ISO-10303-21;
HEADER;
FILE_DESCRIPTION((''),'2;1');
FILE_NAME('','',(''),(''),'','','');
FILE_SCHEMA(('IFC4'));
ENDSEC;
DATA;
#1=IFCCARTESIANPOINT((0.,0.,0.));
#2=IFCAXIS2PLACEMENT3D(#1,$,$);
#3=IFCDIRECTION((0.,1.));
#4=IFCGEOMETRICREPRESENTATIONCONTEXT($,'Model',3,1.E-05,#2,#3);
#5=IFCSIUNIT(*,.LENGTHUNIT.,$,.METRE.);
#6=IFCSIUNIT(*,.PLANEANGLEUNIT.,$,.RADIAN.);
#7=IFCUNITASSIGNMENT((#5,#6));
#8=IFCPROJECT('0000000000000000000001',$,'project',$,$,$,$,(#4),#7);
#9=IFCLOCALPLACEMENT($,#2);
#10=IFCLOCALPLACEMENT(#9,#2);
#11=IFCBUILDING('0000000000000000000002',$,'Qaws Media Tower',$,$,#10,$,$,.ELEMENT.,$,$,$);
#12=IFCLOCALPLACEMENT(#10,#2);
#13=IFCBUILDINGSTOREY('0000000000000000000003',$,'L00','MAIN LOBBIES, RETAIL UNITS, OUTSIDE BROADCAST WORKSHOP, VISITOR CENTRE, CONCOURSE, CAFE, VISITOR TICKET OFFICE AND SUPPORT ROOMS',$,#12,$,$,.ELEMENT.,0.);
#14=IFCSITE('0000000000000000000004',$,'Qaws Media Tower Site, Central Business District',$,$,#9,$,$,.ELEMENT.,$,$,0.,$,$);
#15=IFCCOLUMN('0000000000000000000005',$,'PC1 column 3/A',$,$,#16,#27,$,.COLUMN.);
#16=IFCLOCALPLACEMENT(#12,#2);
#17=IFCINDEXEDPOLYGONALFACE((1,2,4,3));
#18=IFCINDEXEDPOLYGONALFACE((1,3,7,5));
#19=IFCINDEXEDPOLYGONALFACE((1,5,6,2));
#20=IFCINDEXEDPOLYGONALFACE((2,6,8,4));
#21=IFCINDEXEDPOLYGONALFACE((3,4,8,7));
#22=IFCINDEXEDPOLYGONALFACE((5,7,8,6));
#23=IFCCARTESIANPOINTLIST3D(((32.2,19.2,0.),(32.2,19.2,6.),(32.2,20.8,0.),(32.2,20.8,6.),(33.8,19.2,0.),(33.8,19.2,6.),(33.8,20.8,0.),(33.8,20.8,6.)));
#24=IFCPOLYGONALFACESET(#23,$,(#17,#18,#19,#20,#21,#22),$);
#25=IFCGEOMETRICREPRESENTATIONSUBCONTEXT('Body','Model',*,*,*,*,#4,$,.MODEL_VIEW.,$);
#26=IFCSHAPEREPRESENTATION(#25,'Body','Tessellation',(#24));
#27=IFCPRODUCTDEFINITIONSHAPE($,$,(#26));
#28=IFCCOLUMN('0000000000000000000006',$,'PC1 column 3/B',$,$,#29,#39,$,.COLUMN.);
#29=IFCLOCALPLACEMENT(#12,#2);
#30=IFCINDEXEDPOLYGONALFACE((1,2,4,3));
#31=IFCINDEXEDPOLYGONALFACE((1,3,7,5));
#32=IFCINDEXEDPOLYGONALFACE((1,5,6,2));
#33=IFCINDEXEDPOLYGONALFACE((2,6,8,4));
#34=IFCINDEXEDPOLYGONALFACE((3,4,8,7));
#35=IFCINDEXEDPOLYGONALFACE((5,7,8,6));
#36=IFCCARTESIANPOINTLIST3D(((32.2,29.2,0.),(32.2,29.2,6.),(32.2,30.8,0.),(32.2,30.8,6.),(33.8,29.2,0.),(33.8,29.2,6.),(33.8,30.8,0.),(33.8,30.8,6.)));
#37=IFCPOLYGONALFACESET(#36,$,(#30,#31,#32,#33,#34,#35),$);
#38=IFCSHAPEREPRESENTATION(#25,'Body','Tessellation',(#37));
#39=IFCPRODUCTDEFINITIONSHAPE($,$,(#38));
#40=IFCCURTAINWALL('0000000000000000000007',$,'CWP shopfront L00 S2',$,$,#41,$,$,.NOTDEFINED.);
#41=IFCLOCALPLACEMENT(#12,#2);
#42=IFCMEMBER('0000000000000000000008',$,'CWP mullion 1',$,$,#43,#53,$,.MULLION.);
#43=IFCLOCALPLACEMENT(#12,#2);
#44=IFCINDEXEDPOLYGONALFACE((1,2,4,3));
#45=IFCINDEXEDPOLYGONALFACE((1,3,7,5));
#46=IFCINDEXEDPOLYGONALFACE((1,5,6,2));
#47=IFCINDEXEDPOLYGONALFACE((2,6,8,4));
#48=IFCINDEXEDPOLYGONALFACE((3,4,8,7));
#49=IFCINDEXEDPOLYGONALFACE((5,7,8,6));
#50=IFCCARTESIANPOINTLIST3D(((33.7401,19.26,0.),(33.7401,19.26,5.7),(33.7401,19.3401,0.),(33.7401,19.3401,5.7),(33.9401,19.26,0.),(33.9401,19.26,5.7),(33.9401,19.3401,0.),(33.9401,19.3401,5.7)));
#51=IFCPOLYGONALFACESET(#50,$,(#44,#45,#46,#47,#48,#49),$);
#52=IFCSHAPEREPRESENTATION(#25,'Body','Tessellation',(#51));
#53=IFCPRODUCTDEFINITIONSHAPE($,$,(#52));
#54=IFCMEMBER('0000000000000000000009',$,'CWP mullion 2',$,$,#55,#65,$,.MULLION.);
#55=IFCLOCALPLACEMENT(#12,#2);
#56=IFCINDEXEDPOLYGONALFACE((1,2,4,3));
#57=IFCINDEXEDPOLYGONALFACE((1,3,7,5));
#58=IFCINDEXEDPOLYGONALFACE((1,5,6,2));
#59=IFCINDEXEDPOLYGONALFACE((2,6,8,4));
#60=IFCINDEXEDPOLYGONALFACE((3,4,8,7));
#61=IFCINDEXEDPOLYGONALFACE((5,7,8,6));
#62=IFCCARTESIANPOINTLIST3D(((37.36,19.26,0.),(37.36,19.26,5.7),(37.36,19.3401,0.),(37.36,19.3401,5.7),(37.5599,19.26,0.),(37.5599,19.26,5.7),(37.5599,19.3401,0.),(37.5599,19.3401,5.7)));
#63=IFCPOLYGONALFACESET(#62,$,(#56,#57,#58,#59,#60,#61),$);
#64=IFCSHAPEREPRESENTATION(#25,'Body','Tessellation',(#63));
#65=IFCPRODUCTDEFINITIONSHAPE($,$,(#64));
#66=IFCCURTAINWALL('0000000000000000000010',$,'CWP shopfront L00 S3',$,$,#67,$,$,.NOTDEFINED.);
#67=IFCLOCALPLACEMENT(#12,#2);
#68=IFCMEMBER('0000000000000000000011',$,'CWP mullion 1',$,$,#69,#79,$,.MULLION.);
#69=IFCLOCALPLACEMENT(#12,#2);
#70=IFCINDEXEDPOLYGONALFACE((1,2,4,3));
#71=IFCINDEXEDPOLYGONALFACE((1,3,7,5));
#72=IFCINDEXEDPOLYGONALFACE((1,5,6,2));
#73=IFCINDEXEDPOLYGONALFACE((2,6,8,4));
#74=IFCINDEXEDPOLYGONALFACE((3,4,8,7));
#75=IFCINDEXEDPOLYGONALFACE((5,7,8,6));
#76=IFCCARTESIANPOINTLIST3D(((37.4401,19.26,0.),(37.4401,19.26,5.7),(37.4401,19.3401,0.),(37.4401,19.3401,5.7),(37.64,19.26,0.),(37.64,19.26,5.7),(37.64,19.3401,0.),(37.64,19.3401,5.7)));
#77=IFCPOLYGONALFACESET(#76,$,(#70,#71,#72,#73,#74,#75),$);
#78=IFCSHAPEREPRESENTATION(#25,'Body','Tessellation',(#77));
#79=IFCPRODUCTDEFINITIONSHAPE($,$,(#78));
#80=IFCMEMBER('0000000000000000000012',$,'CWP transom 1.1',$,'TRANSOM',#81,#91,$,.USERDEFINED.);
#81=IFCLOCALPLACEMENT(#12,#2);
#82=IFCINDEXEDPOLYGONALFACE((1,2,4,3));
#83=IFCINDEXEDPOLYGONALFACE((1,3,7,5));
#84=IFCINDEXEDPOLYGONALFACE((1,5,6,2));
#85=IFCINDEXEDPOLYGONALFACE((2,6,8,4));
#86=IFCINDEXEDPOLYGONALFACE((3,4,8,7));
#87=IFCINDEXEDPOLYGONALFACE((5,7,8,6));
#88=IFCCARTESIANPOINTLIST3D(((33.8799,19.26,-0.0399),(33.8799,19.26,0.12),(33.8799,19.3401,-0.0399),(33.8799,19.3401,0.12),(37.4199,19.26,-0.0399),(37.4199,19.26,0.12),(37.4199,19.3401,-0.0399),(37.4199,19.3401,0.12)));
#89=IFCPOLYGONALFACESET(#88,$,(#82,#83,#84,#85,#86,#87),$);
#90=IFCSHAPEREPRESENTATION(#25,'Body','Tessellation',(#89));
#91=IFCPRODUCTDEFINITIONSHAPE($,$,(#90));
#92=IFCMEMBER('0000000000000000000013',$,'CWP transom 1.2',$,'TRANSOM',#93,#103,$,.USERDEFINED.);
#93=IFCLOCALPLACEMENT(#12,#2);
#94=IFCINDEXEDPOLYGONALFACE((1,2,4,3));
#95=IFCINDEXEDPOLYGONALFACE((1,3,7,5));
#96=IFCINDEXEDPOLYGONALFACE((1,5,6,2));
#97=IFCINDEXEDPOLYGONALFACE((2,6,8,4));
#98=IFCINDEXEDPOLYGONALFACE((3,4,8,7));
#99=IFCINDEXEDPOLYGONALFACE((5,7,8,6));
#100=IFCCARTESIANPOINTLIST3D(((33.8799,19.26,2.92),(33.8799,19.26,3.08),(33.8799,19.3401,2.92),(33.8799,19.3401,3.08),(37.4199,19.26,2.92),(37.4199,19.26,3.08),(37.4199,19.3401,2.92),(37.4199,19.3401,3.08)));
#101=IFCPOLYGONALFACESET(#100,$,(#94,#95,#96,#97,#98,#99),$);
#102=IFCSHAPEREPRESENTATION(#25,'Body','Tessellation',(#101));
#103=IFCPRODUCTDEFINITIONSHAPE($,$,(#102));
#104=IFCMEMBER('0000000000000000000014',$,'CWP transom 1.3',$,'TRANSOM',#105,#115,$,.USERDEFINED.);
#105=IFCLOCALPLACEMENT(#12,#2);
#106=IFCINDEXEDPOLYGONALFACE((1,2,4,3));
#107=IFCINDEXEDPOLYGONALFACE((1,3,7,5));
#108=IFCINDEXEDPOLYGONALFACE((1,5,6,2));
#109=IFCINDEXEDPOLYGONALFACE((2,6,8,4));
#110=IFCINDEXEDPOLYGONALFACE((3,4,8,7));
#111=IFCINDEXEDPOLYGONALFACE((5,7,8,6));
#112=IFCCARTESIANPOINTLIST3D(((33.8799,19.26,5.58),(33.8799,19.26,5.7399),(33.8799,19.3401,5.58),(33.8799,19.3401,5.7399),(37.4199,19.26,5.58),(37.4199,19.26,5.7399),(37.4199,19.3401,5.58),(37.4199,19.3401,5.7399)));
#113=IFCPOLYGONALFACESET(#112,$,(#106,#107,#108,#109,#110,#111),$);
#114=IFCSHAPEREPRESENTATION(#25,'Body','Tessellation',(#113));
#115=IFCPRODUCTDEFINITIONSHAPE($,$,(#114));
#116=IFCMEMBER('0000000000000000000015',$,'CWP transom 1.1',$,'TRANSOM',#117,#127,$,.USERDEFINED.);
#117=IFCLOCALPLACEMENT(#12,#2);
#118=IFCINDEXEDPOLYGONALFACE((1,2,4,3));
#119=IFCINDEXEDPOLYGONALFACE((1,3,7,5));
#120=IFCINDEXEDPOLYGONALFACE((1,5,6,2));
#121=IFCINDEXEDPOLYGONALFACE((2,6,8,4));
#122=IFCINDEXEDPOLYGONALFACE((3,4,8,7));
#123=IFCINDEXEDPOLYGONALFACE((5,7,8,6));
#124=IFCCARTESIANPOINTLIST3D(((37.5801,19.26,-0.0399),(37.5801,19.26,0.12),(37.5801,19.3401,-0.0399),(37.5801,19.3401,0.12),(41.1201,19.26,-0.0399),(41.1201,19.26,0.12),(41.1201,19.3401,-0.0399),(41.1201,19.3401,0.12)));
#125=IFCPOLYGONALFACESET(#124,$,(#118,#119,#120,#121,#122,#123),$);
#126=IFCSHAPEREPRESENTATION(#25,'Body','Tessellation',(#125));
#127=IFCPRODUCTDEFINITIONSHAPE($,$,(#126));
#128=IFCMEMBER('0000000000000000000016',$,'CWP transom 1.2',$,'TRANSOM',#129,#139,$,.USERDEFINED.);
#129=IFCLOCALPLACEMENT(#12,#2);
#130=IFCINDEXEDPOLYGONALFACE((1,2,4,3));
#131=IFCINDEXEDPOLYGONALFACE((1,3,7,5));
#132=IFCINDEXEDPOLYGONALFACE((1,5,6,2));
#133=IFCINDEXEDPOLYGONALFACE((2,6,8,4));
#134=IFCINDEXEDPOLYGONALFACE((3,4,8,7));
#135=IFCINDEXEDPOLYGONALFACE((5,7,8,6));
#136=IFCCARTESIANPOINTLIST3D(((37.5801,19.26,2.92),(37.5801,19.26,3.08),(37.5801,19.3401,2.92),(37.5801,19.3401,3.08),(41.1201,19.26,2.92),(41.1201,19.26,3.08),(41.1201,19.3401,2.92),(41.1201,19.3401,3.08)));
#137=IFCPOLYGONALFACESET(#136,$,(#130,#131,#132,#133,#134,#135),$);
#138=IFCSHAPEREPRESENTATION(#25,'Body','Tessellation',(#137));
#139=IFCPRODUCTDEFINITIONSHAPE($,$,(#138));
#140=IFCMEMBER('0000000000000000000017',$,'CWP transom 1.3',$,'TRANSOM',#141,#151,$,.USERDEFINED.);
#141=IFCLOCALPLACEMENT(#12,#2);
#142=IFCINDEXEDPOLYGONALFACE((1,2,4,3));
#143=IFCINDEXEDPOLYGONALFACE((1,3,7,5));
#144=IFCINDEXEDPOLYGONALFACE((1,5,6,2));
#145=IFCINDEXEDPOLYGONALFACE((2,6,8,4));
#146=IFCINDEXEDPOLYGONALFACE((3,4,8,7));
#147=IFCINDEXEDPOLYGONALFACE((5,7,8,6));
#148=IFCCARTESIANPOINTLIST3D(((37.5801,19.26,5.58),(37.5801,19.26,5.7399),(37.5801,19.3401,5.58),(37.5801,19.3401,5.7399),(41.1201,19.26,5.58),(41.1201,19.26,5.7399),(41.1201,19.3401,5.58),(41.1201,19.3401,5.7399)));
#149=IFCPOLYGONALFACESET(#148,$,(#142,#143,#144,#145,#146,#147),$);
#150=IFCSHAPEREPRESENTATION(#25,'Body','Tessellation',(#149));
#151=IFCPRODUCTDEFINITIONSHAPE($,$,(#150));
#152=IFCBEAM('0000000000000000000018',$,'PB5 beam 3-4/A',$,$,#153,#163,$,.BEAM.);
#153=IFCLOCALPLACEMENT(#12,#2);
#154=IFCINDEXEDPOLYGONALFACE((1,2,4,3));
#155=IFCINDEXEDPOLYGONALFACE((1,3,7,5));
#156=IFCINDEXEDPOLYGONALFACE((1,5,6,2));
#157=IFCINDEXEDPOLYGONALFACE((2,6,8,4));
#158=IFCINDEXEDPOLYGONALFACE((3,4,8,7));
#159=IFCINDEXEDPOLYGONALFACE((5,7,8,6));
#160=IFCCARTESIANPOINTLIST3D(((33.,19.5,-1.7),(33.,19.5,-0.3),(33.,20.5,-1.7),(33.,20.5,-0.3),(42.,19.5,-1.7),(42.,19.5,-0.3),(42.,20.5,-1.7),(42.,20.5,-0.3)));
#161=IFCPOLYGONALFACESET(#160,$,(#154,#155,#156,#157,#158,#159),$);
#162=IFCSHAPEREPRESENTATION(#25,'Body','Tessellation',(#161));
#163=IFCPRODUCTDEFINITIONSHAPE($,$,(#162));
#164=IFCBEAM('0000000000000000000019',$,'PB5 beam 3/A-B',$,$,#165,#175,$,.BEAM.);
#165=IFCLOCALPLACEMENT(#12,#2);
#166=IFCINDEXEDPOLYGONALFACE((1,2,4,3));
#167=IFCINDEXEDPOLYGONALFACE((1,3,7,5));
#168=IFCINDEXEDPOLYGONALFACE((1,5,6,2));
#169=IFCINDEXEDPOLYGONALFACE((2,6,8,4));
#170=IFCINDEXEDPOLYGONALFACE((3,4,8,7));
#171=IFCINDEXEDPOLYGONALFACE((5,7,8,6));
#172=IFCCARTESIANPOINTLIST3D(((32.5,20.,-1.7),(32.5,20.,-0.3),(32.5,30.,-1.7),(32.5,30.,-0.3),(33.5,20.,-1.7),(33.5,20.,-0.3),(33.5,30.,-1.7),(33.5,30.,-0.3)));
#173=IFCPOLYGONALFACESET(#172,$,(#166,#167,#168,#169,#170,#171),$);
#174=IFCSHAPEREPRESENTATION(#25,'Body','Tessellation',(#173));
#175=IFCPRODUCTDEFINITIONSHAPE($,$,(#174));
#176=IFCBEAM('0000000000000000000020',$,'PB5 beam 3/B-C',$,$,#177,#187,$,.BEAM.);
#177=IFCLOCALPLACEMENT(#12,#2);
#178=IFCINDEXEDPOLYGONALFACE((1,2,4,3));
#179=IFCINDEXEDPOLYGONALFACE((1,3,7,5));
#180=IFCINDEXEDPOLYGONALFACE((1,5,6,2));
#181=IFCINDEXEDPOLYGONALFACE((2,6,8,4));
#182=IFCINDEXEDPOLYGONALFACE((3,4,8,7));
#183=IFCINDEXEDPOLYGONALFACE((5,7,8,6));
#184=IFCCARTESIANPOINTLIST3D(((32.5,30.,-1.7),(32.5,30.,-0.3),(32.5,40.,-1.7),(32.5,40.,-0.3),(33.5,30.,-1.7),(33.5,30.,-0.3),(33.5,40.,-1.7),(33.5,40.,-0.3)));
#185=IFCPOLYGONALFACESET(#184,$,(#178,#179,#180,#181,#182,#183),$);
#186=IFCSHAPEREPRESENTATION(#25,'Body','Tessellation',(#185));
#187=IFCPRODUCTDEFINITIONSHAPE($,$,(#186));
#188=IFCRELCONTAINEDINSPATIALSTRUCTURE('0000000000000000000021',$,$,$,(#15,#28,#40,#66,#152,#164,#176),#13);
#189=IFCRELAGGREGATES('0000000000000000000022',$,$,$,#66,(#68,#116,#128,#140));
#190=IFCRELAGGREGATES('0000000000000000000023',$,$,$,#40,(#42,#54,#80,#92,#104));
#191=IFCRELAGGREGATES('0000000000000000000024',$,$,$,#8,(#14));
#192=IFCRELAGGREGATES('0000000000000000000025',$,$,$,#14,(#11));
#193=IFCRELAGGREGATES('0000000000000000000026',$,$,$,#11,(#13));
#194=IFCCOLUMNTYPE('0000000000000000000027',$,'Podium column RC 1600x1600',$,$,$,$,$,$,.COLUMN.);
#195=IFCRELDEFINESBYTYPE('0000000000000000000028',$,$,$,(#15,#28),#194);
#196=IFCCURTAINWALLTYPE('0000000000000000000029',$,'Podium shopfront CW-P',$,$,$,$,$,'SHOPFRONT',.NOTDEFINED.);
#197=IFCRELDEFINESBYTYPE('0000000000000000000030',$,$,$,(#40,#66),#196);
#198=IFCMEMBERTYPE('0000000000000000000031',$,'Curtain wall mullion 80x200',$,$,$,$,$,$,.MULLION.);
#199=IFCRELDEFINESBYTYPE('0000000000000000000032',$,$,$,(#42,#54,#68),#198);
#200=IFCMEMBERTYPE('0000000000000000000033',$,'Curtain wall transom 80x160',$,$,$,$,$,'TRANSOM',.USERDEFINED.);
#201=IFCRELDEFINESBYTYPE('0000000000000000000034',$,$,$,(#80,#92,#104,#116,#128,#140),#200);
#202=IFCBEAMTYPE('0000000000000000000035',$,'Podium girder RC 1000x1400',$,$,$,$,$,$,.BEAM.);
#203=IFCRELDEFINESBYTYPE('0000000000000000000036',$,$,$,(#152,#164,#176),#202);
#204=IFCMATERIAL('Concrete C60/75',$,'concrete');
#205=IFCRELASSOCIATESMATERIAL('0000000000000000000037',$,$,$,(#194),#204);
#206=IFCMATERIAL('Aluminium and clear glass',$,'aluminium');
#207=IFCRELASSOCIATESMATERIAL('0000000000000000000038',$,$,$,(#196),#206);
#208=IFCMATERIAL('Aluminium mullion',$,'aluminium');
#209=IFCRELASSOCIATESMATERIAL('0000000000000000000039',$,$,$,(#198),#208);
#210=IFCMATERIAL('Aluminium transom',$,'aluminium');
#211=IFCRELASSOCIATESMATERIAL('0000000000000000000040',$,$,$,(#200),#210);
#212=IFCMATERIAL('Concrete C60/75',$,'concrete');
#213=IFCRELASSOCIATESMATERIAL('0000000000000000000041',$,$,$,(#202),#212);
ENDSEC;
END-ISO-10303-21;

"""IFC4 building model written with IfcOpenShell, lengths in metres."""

from ifc_helpers import new_model, si_unit, direction, frame, origin, origin_2d, place, context, subcontext, project, spatial, rectangle, extrude, material, material_profile, profile_set, type_object, element, aggregate, save


model = new_model("IFC4")

# Units and contexts
model_context = context("Model", 3, precision=1e-05, world=origin(), true_north=direction((0.0, 1.0)))
body_context = subcontext(model_context, "Body", "Model", "MODEL_VIEW")
ifc_project = project(units=[si_unit("LENGTHUNIT", "METRE"), si_unit("PLANEANGLEUNIT", "RADIAN")], contexts=[model_context])

# Site, building, storey
site_placement = place(None, origin())
site = spatial("IfcSite", under=ifc_project, at=site_placement, Name="Qaws Media Tower Site, Central Business District", CompositionType="ELEMENT", RefElevation=0.0)
building_placement = place(site_placement, origin())
building = spatial("IfcBuilding", under=site, at=building_placement, Name="Qaws Media Tower", CompositionType="ELEMENT")
storey_placement = place(building_placement, origin())
storey = spatial("IfcBuildingStorey", under=building, at=storey_placement, Name="L00", Description="MAIN LOBBIES, RETAIL UNITS, OUTSIDE BROADCAST WORKSHOP, VISITOR CENTRE, CONCOURSE, CAFE, VISITOR TICKET OFFICE AND SUPPORT ROOMS", CompositionType="ELEMENT", Elevation=0.0)

# Columns
ifc_material_1 = material(Name="Concrete C60/75", Category="concrete")
ifc_material_profile_1 = material_profile(ifc_material_1, rectangle(XDim=1.6001, YDim=1.6001, at=origin_2d()), Name="RC 1600x1600")
ifc_profile_set_1 = profile_set([ifc_material_profile_1], Name="Concrete C60/75")
column_type = type_object("IfcColumnType", Name="Podium column RC 1600x1600", PredefinedType="COLUMN", material=ifc_profile_set_1)
for number, where, z_axis, x_axis, name in (
    (1, (33.0, 20.0, 0.0), (0.0, 0.0, 1.0), (1.0, 0.0, 0.0), "PC1 column 3/A"),
    (2, (33.0, 30.0, 0.0), (0.0, 0.0, 1.0), (1.0, 0.0, 0.0), "PC1 column 3/B"),
):
    element("IfcColumn", number, at=place(storey_placement, frame(where, z_axis=z_axis, x_axis=x_axis)), inside=storey, type_object=column_type, Name=name, PredefinedType="COLUMN", context=body_context, shape_type="SweptSolid", body=[
        extrude(rectangle(XDim=1.6001, YDim=1.6001, at=origin_2d()), origin(), (0.0, 0.0, 1.0), 6.0),
    ])

# Curtain wall, members
ifc_material_2 = material(Name="Aluminium and clear glass", Category="aluminium")
curtain_wall_type = type_object("IfcCurtainWallType", Name="Podium shopfront CW-P", ElementType="SHOPFRONT", PredefinedType="NOTDEFINED", material=ifc_material_2)
curtain_wall_1_placement = place(storey_placement, origin())
curtain_wall_1 = element("IfcCurtainWall", 3, at=curtain_wall_1_placement, inside=storey, type_object=curtain_wall_type, Name="CWP shopfront L00 S2", PredefinedType="NOTDEFINED")
ifc_material_3 = material(Name="Aluminium mullion", Category="aluminium")
ifc_material_profile_2 = material_profile(ifc_material_3, rectangle(XDim=0.0801, YDim=0.2, at=origin_2d()), Name="80x200")
ifc_profile_set_2 = profile_set([ifc_material_profile_2], Name="Aluminium mullion")
member_type_1 = type_object("IfcMemberType", Name="Curtain wall mullion 80x200", PredefinedType="MULLION", material=ifc_profile_set_2)
member_1_placement = place(storey_placement, frame((33.8401, 19.3, 0.0), z_axis=(0.0, 0.0, 1.0), x_axis=(0.0, 1.0, 0.0)))
member_1 = element("IfcMember", 4, at=member_1_placement, type_object=member_type_1, Name="CWP mullion 1", PredefinedType="MULLION", context=body_context, shape_type="SweptSolid", body=[
    extrude(rectangle(XDim=0.0801, YDim=0.2, at=origin_2d()), origin(), (0.0, 0.0, 1.0), 5.7),
])
member_2_placement = place(storey_placement, frame((37.46, 19.3, 0.0), z_axis=(0.0, 0.0, 1.0), x_axis=(0.0, 1.0, 0.0)))
member_2 = element("IfcMember", 5, at=member_2_placement, type_object=member_type_1, Name="CWP mullion 2", PredefinedType="MULLION", context=body_context, shape_type="SweptSolid", body=[
    extrude(rectangle(XDim=0.0801, YDim=0.2, at=origin_2d()), origin(), (0.0, 0.0, 1.0), 5.7),
])

# Curtain wall, member
curtain_wall_2_placement = place(storey_placement, origin())
curtain_wall_2 = element("IfcCurtainWall", 6, at=curtain_wall_2_placement, inside=storey, type_object=curtain_wall_type, Name="CWP shopfront L00 S3", PredefinedType="NOTDEFINED")
member_3_placement = place(storey_placement, frame((37.54, 19.3, 0.0), z_axis=(0.0, 0.0, 1.0), x_axis=(0.0, 1.0, 0.0)))
member_3 = element("IfcMember", 7, at=member_3_placement, type_object=member_type_1, Name="CWP mullion 1", PredefinedType="MULLION", context=body_context, shape_type="SweptSolid", body=[
    extrude(rectangle(XDim=0.0801, YDim=0.2, at=origin_2d()), origin(), (0.0, 0.0, 1.0), 5.7),
])

# Members
ifc_material_4 = material(Name="Aluminium transom", Category="aluminium")
ifc_material_profile_3 = material_profile(ifc_material_4, rectangle(XDim=0.0801, YDim=0.1599, at=origin_2d()), Name="80x160")
ifc_profile_set_3 = profile_set([ifc_material_profile_3], Name="Aluminium transom")
member_type_2 = type_object("IfcMemberType", Name="Curtain wall transom 80x160", ElementType="TRANSOM", PredefinedType="USERDEFINED", material=ifc_profile_set_3)
member_4_placement = place(storey_placement, frame((33.8799, 19.3, 0.04), z_axis=(1.0, 0.0, 0.0), x_axis=(0.0, 1.0, 0.0)))
member_4 = element("IfcMember", 8, at=member_4_placement, type_object=member_type_2, Name="CWP transom 1.1", ObjectType="TRANSOM", PredefinedType="USERDEFINED", context=body_context, shape_type="SweptSolid", body=[
    extrude(rectangle(XDim=0.0801, YDim=0.1599, at=origin_2d()), origin(), (0.0, 0.0, 1.0), 3.54),
])
member_5_placement = place(storey_placement, frame((33.8799, 19.3, 3.0), z_axis=(1.0, 0.0, 0.0), x_axis=(0.0, 1.0, 0.0)))
member_5 = element("IfcMember", 9, at=member_5_placement, type_object=member_type_2, Name="CWP transom 1.2", ObjectType="TRANSOM", PredefinedType="USERDEFINED", context=body_context, shape_type="SweptSolid", body=[
    extrude(rectangle(XDim=0.0801, YDim=0.1599, at=origin_2d()), origin(), (0.0, 0.0, 1.0), 3.54),
])
member_6_placement = place(storey_placement, frame((33.8799, 19.3, 5.6599), z_axis=(1.0, 0.0, 0.0), x_axis=(0.0, 1.0, 0.0)))
member_6 = element("IfcMember", 10, at=member_6_placement, type_object=member_type_2, Name="CWP transom 1.3", ObjectType="TRANSOM", PredefinedType="USERDEFINED", context=body_context, shape_type="SweptSolid", body=[
    extrude(rectangle(XDim=0.0801, YDim=0.1599, at=origin_2d()), origin(), (0.0, 0.0, 1.0), 3.54),
])
member_7_placement = place(storey_placement, frame((37.5801, 19.3, 0.04), z_axis=(1.0, 0.0, 0.0), x_axis=(0.0, 1.0, 0.0)))
member_7 = element("IfcMember", 11, at=member_7_placement, type_object=member_type_2, Name="CWP transom 1.1", ObjectType="TRANSOM", PredefinedType="USERDEFINED", context=body_context, shape_type="SweptSolid", body=[
    extrude(rectangle(XDim=0.0801, YDim=0.1599, at=origin_2d()), origin(), (0.0, 0.0, 1.0), 3.54),
])
member_8_placement = place(storey_placement, frame((37.5801, 19.3, 3.0), z_axis=(1.0, 0.0, 0.0), x_axis=(0.0, 1.0, 0.0)))
member_8 = element("IfcMember", 12, at=member_8_placement, type_object=member_type_2, Name="CWP transom 1.2", ObjectType="TRANSOM", PredefinedType="USERDEFINED", context=body_context, shape_type="SweptSolid", body=[
    extrude(rectangle(XDim=0.0801, YDim=0.1599, at=origin_2d()), origin(), (0.0, 0.0, 1.0), 3.54),
])
member_9_placement = place(storey_placement, frame((37.5801, 19.3, 5.6599), z_axis=(1.0, 0.0, 0.0), x_axis=(0.0, 1.0, 0.0)))
member_9 = element("IfcMember", 13, at=member_9_placement, type_object=member_type_2, Name="CWP transom 1.3", ObjectType="TRANSOM", PredefinedType="USERDEFINED", context=body_context, shape_type="SweptSolid", body=[
    extrude(rectangle(XDim=0.0801, YDim=0.1599, at=origin_2d()), origin(), (0.0, 0.0, 1.0), 3.54),
])
aggregate(curtain_wall_2, [member_3, member_7, member_8, member_9])

# Beams
ifc_material_5 = material(Name="Concrete C60/75", Category="concrete")
ifc_material_profile_4 = material_profile(ifc_material_5, rectangle(XDim=1.0, YDim=1.3999, at=origin_2d()), Name="RC 1000x1400")
ifc_profile_set_4 = profile_set([ifc_material_profile_4], Name="Concrete C60/75")
beam_type_1 = type_object("IfcBeamType", Name="Podium girder RC 1000x1400", PredefinedType="BEAM", material=ifc_profile_set_4)
beam_1_placement = place(storey_placement, frame((33.0, 20.0, -1.0), z_axis=(1.0, 0.0, 0.0), x_axis=(0.0, 1.0, 0.0)))
element("IfcBeam", 14, at=beam_1_placement, inside=storey, type_object=beam_type_1, Name="PB5 beam 3-4/A", PredefinedType="BEAM", context=body_context, shape_type="SweptSolid", body=[
    extrude(rectangle(XDim=1.0, YDim=1.3999, at=origin_2d()), origin(), (0.0, 0.0, 1.0), 9.0),
])
for number, where, z_axis, x_axis, name in (
    (15, (33.0, 20.0, -1.0), (0.0, 1.0, 0.0), (-1.0, 0.0, 0.0), "PB5 beam 3/A-B"),
    (16, (33.0, 30.0, -1.0), (0.0, 1.0, 0.0), (-1.0, 0.0, 0.0), "PB5 beam 3/B-C"),
):
    element("IfcBeam", number, at=place(storey_placement, frame(where, z_axis=z_axis, x_axis=x_axis)), inside=storey, type_object=beam_type_1, Name=name, PredefinedType="BEAM", context=body_context, shape_type="SweptSolid", body=[
        extrude(rectangle(XDim=1.0, YDim=1.3999, at=origin_2d()), origin(), (0.0, 0.0, 1.0), 10.0),
    ])

aggregate(curtain_wall_1, [member_1, member_2, member_4, member_5, member_6])

save(model, "model.ifc")
